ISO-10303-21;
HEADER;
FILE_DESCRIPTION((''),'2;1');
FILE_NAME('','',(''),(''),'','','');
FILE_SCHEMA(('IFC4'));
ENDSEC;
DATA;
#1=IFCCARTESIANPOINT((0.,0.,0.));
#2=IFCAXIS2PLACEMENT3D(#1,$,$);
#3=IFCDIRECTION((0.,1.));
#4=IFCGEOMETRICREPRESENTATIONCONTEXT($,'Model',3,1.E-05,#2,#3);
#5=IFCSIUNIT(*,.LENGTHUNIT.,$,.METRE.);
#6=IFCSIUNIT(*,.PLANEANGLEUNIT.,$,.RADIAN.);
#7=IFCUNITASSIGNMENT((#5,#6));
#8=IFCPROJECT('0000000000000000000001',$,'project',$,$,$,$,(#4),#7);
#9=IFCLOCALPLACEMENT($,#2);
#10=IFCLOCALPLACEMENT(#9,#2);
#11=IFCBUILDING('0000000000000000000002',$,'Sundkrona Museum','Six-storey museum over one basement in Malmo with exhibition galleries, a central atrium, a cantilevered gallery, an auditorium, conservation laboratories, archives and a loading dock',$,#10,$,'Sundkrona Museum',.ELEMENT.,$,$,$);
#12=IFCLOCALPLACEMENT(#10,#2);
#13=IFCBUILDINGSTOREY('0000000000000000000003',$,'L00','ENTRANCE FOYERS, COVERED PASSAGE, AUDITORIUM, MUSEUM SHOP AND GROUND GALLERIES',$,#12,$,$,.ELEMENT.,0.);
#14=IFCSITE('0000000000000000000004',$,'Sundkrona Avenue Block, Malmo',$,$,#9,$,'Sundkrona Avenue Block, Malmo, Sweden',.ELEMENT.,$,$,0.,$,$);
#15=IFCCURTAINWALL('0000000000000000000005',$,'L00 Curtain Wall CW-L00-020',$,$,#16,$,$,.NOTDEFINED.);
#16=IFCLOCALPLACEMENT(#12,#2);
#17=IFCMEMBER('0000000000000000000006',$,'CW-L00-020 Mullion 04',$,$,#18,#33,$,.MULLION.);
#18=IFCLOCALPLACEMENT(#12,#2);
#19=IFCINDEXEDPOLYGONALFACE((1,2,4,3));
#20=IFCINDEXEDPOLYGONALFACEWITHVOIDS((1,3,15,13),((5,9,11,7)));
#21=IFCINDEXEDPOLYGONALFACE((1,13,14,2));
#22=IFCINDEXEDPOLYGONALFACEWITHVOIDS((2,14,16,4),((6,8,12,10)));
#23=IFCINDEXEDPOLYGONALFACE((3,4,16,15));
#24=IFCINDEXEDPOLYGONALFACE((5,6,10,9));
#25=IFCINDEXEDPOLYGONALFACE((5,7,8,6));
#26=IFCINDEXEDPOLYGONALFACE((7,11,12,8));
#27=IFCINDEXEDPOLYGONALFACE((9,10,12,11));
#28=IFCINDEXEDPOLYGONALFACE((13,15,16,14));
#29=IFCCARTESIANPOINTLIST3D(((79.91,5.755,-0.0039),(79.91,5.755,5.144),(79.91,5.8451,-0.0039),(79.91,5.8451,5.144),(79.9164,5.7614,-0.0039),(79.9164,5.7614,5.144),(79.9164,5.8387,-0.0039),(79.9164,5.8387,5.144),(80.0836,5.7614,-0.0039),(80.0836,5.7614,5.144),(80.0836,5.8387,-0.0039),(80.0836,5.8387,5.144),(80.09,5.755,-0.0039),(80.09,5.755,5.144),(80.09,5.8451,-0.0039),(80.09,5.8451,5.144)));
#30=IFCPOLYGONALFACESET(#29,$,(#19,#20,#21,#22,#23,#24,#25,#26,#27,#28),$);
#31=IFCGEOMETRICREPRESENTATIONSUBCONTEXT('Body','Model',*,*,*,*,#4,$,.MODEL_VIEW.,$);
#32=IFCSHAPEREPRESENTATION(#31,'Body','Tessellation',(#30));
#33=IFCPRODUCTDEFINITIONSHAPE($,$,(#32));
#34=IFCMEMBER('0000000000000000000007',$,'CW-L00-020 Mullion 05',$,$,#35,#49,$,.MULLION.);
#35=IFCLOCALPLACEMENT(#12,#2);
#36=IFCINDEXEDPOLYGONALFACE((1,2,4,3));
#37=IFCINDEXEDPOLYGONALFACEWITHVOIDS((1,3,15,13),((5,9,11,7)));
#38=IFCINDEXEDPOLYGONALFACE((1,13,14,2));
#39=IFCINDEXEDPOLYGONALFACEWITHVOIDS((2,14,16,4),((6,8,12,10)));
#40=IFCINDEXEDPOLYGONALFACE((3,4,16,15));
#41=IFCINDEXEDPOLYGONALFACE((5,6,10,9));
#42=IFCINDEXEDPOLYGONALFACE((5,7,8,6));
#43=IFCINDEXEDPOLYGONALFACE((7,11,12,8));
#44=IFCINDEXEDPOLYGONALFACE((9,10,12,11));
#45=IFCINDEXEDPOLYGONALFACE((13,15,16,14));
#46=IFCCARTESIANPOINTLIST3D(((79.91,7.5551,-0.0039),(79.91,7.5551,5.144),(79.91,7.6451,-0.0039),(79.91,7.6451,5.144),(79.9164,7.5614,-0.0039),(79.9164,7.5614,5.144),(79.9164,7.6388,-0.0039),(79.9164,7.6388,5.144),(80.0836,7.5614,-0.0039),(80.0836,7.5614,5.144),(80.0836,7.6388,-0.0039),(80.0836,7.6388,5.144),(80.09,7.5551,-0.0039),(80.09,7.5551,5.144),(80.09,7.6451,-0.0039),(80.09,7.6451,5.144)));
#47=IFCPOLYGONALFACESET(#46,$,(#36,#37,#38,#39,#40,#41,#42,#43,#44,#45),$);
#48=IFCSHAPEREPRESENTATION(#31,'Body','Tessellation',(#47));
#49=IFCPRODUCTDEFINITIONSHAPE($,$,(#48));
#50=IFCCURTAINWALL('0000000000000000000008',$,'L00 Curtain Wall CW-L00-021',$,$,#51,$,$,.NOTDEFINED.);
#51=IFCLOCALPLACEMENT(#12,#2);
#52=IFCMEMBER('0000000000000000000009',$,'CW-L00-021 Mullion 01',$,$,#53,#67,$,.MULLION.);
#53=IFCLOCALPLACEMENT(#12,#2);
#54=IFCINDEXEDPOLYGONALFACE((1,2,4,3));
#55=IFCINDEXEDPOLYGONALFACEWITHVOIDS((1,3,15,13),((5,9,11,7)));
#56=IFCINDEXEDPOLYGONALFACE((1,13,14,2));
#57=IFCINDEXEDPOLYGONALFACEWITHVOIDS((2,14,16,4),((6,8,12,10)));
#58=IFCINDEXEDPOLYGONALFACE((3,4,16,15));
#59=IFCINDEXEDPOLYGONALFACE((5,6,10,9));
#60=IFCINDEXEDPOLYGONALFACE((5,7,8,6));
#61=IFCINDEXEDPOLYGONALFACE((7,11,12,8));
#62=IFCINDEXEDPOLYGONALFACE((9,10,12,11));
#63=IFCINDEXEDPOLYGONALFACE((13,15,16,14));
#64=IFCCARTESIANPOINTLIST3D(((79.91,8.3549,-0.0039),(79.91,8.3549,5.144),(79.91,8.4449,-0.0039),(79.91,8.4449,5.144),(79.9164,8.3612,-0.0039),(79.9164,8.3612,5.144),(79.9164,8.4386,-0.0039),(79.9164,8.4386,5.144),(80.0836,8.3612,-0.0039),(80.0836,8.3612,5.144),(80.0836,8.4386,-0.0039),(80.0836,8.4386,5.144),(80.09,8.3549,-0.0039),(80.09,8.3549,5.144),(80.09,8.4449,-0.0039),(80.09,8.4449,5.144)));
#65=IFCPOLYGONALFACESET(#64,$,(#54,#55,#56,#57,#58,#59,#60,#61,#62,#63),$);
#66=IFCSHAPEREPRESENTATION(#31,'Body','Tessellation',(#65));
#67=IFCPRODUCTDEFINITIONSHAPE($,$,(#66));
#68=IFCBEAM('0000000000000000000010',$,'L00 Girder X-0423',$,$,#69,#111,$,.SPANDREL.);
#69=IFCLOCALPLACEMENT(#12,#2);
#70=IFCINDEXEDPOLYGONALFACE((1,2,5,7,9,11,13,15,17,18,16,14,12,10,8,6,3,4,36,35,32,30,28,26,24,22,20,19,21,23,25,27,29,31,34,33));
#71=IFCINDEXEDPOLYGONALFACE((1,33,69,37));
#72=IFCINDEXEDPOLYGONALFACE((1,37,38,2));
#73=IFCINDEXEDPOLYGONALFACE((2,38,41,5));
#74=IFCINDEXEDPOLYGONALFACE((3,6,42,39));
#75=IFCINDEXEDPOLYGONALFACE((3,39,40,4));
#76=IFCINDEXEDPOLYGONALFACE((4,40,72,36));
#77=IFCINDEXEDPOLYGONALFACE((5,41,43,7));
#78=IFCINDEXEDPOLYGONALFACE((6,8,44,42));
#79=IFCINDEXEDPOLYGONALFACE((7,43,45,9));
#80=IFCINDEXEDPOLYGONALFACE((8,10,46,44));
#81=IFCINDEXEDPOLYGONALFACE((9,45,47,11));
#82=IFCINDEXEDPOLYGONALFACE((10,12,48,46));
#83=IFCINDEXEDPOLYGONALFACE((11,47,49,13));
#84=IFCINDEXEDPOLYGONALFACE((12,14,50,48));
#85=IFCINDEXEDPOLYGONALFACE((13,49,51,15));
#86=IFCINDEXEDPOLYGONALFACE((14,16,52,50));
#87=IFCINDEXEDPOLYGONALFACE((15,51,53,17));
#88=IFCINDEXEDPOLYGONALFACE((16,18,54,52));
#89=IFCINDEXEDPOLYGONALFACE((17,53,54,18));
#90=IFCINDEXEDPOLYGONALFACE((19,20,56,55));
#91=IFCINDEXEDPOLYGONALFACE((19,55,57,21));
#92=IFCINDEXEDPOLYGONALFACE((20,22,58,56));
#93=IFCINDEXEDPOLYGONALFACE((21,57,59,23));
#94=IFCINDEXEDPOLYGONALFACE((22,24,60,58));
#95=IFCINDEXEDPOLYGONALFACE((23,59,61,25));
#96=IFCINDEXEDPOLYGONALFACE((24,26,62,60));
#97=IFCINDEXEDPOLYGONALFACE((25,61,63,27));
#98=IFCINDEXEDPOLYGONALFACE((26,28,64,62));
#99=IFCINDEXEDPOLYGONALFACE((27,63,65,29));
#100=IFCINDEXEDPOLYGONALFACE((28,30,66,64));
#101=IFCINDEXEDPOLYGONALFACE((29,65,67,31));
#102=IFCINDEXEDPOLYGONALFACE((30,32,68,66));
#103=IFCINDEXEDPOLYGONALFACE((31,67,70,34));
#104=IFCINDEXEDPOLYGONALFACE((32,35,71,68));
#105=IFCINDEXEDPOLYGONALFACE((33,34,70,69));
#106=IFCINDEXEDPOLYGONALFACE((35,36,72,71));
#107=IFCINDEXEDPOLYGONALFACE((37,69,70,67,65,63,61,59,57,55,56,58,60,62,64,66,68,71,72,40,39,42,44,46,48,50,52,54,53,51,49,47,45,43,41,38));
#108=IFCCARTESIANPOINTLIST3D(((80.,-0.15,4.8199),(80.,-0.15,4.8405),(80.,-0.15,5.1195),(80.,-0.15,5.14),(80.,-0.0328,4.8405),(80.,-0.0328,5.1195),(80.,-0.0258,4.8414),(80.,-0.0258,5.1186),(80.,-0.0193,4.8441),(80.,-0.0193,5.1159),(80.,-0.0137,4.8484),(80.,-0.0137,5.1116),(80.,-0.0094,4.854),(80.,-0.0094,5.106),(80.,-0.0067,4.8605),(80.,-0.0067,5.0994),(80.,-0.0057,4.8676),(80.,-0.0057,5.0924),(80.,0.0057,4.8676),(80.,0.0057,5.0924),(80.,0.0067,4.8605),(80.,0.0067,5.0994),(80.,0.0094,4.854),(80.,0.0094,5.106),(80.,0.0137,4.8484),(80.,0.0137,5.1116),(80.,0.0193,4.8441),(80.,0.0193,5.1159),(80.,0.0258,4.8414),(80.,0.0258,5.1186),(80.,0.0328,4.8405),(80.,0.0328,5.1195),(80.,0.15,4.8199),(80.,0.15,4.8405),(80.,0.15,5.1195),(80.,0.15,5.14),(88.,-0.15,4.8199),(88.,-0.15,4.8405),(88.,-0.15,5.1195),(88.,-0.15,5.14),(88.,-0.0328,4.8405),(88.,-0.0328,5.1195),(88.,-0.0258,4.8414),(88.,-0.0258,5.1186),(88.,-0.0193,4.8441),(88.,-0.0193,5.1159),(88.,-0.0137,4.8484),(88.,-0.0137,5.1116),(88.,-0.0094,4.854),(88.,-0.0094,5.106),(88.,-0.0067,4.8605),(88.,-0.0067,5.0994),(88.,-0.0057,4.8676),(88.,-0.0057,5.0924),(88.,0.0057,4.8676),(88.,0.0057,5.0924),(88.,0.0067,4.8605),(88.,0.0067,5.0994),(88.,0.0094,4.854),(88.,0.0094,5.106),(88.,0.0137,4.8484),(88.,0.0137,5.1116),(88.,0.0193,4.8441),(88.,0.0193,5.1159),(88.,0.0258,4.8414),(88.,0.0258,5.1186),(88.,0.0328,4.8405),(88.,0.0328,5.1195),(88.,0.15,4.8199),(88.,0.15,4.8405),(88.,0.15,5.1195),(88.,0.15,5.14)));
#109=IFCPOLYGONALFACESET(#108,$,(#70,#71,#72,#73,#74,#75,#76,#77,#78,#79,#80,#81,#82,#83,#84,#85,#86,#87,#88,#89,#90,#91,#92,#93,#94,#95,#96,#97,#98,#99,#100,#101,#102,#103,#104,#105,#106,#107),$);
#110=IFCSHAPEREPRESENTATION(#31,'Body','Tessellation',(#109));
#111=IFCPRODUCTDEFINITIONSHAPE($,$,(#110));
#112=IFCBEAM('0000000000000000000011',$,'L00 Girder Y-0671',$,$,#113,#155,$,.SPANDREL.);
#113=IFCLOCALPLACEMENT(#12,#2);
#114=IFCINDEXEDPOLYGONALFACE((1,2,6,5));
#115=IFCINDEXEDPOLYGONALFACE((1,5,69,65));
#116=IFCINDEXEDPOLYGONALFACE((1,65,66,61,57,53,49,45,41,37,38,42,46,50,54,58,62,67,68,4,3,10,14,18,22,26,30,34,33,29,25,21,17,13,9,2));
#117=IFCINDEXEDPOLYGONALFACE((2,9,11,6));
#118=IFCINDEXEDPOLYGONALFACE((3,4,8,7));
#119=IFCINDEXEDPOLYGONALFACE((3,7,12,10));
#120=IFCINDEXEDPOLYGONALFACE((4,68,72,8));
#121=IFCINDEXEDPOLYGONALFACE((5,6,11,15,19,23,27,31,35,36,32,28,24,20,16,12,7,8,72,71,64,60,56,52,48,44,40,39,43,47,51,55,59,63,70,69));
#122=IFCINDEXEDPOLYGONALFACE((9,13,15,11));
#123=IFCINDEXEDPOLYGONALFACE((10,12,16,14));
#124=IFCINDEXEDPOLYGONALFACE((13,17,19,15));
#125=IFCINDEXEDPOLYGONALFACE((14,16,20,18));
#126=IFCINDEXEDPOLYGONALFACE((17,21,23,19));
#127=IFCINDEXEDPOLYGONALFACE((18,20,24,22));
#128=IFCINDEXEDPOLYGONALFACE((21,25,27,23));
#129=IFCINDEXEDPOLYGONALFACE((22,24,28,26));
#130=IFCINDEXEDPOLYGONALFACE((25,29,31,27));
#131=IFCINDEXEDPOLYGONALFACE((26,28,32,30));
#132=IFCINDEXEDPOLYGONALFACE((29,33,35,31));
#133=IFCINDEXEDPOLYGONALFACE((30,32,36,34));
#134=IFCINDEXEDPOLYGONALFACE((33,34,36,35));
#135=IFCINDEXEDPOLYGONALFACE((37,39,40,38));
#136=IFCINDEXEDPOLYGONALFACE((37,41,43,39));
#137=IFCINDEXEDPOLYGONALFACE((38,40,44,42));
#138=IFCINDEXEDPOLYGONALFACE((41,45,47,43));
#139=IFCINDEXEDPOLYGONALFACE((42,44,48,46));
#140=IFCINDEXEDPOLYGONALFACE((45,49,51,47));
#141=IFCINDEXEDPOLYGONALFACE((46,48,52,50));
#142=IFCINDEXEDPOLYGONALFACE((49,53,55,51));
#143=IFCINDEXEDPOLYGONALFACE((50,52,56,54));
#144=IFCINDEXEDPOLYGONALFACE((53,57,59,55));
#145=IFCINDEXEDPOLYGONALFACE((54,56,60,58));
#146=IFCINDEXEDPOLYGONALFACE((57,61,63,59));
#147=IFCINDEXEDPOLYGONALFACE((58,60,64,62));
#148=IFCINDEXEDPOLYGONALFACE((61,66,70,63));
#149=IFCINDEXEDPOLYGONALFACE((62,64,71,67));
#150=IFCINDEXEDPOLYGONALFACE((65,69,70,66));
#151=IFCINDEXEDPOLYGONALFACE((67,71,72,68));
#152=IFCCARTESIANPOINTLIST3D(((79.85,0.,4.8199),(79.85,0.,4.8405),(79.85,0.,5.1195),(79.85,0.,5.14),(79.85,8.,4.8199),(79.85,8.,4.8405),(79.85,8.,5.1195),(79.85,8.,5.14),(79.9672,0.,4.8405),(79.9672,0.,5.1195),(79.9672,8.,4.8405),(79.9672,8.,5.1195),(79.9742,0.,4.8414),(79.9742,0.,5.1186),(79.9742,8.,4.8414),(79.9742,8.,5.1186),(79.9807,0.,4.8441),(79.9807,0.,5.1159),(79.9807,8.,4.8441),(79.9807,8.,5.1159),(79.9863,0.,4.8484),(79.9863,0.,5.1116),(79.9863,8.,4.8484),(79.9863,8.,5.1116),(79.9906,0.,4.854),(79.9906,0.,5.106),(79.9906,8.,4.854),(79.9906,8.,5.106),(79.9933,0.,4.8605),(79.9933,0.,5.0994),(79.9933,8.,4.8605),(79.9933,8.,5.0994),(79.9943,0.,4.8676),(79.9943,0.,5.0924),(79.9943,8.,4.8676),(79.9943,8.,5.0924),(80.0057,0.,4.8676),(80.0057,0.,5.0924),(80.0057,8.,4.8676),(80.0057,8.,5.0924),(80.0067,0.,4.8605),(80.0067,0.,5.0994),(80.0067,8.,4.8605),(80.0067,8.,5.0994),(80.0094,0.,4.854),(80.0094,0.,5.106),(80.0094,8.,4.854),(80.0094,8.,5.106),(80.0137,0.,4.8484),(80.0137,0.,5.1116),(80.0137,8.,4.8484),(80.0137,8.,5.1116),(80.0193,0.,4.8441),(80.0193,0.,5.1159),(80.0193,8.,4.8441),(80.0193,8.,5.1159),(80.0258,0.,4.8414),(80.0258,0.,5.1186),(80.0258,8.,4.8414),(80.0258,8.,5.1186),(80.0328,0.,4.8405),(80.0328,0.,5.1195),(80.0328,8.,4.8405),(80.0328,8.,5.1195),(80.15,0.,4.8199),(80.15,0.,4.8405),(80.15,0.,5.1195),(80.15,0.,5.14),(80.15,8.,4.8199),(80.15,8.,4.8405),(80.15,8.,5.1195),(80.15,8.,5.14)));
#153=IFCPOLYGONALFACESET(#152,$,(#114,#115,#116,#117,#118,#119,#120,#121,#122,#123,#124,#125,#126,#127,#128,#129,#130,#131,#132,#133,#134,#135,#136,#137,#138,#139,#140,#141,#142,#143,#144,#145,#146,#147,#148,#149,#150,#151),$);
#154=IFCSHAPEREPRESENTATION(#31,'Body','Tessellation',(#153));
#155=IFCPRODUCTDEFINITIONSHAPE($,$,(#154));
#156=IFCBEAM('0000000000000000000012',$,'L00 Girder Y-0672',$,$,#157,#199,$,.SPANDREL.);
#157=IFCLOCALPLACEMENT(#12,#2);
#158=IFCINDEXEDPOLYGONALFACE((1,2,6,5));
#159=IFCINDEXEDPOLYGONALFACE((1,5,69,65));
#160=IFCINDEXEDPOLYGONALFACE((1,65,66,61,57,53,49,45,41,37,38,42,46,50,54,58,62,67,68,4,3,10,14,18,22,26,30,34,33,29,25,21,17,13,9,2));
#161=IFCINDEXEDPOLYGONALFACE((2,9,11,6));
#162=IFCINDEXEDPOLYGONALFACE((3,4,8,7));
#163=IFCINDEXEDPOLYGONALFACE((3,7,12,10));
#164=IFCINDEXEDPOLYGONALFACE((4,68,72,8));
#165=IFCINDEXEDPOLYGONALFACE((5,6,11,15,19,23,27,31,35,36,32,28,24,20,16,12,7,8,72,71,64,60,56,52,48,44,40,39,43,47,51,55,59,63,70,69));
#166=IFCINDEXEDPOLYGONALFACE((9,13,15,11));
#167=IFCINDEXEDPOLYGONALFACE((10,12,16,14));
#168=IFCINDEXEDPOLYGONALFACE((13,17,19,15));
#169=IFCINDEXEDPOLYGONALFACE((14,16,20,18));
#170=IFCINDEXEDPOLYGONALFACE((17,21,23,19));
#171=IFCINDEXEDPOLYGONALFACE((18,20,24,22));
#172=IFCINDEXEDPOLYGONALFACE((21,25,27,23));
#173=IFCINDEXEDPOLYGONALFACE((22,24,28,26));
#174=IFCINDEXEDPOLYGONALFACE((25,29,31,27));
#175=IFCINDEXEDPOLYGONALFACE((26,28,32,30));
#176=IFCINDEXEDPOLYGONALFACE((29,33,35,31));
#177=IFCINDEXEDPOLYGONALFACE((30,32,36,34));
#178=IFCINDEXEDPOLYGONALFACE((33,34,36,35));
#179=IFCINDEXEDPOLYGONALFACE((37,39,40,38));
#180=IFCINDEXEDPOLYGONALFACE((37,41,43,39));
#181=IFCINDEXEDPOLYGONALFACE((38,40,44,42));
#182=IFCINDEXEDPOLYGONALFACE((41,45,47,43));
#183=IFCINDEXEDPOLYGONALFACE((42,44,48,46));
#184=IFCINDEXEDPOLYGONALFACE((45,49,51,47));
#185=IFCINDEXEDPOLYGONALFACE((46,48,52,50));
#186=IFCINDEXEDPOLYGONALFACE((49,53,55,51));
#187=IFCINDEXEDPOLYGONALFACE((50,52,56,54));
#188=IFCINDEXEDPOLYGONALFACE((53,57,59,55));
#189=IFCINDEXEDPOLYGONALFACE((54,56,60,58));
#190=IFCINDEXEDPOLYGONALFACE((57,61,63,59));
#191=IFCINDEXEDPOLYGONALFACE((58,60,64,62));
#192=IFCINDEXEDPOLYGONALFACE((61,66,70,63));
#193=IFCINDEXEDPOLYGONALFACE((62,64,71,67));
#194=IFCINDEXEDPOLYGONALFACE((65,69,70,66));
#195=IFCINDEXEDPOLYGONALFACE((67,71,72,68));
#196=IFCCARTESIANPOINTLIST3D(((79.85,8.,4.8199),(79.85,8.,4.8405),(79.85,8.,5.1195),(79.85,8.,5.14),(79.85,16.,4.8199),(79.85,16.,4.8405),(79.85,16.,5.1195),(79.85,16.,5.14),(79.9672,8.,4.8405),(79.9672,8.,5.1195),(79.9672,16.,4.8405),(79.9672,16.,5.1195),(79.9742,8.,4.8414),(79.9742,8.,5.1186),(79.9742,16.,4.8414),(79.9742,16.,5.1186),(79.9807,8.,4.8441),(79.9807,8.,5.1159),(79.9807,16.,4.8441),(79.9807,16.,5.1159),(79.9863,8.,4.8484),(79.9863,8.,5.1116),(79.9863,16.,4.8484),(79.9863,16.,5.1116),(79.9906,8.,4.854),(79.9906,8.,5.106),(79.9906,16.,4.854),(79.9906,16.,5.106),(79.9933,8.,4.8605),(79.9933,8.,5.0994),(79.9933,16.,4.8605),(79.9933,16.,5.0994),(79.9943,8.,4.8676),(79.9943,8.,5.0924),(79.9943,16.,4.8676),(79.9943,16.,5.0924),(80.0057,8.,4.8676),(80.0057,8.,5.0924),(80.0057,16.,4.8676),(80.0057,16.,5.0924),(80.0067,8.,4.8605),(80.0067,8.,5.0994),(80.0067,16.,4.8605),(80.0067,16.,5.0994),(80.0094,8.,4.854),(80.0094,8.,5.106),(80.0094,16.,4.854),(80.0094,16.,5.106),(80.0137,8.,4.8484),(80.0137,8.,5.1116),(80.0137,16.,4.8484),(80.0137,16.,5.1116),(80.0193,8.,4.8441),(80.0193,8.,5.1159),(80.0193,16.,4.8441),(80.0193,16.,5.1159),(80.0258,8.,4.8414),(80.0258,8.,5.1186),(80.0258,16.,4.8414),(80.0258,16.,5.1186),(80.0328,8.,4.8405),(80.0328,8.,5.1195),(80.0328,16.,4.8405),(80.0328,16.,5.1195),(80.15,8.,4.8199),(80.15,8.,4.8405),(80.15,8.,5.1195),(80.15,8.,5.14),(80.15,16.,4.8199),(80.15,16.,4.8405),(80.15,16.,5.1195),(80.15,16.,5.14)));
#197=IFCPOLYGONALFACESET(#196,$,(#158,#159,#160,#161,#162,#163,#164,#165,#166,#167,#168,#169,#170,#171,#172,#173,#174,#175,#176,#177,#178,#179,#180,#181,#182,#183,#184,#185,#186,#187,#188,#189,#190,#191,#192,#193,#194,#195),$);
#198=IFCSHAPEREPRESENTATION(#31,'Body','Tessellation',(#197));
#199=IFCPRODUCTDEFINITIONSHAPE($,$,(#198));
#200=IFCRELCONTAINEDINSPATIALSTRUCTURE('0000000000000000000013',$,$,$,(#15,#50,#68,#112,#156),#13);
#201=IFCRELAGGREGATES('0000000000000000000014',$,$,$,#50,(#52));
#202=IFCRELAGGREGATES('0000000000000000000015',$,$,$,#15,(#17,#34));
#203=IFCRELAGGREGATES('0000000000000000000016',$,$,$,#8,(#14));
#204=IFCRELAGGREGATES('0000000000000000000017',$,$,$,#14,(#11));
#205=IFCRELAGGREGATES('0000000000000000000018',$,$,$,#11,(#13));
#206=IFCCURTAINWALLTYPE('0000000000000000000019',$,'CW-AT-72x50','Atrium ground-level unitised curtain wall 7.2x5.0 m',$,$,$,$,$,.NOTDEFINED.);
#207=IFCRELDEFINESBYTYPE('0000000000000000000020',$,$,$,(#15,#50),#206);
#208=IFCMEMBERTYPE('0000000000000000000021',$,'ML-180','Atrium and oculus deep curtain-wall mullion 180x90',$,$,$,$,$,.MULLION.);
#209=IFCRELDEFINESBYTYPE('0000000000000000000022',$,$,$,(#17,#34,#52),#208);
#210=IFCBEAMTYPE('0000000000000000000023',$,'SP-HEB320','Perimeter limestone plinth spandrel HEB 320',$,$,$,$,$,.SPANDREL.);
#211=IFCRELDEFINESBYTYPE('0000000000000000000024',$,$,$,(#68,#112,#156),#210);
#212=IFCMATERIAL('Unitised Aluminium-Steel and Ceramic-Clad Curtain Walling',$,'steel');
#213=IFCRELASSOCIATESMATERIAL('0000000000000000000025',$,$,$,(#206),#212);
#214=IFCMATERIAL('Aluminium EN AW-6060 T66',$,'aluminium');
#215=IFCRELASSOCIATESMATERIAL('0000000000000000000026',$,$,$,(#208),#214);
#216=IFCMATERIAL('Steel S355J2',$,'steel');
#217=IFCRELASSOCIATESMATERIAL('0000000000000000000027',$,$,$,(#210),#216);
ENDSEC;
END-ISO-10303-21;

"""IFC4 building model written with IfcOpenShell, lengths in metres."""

from ifc_helpers import new_model, si_unit, direction, frame, origin, origin_2d, place, context, subcontext, project, spatial, hollow_rectangle, i_section, extrude, material, material_profile, profile_set, type_object, element, aggregate, save


model = new_model("IFC4")

# Units and contexts
model_context = context("Model", 3, precision=1e-05, world=origin(), true_north=direction((0.0, 1.0)))
body_context = subcontext(model_context, "Body", "Model", "MODEL_VIEW")
ifc_project = project(units=[si_unit("LENGTHUNIT", "METRE"), si_unit("PLANEANGLEUNIT", "RADIAN")], contexts=[model_context])

# Site, building, storey
site_placement = place(None, origin())
site = spatial("IfcSite", under=ifc_project, at=site_placement, Name="Sundkrona Avenue Block, Malmo", LongName="Sundkrona Avenue Block, Malmo, Sweden", CompositionType="ELEMENT", RefElevation=0.0)
building_placement = place(site_placement, origin())
building = spatial("IfcBuilding", under=site, at=building_placement, Name="Sundkrona Museum", Description="Six-storey museum over one basement in Malmo with exhibition galleries, a central atrium, a cantilevered gallery, an auditorium, conservation laboratories, archives and a loading dock", LongName="Sundkrona Museum", CompositionType="ELEMENT")
storey_placement = place(building_placement, origin())
storey = spatial("IfcBuildingStorey", under=building, at=storey_placement, Name="L00", Description="ENTRANCE FOYERS, COVERED PASSAGE, AUDITORIUM, MUSEUM SHOP AND GROUND GALLERIES", CompositionType="ELEMENT", Elevation=0.0)

# Shared definitions
ifc_material_1 = material(Name="Steel S355J2", Category="steel")

# Curtain wall, members
ifc_material_2 = material(Name="Unitised Aluminium-Steel and Ceramic-Clad Curtain Walling", Category="steel")
curtain_wall_type = type_object("IfcCurtainWallType", Name="CW-AT-72x50", Description="Atrium ground-level unitised curtain wall 7.2x5.0 m", PredefinedType="NOTDEFINED", material=ifc_material_2)
curtain_wall_1_placement = place(storey_placement, origin())
curtain_wall_1 = element("IfcCurtainWall", 1, at=curtain_wall_1_placement, inside=storey, type_object=curtain_wall_type, Name="L00 Curtain Wall CW-L00-020", PredefinedType="NOTDEFINED")
ifc_material_3 = material(Name="Aluminium EN AW-6060 T66", Category="aluminium")
ifc_material_profile_1 = material_profile(ifc_material_3, hollow_rectangle(XDim=0.0901, YDim=0.1799, WallThickness=0.0063, at=origin_2d()), Name="RHS 180x90x6.3")
ifc_profile_set_1 = profile_set([ifc_material_profile_1], Name="Aluminium EN AW-6060 T66")
member_type_1 = type_object("IfcMemberType", Name="ML-180", Description="Atrium and oculus deep curtain-wall mullion 180x90", PredefinedType="MULLION", material=ifc_profile_set_1)
member_1_placement = place(storey_placement, frame((80.0, 5.8, -0.0039), z_axis=(0.0, 0.0, 1.0), x_axis=(0.0, 1.0, 0.0)))
member_1 = element("IfcMember", 2, at=member_1_placement, type_object=member_type_1, Name="CW-L00-020 Mullion 04", PredefinedType="MULLION", context=body_context, shape_type="SweptSolid", body=[
    extrude(hollow_rectangle(XDim=0.0901, YDim=0.1799, WallThickness=0.0063, at=origin_2d()), origin(), (0.0, 0.0, 1.0), 5.1479),
])
member_2_placement = place(storey_placement, frame((80.0, 7.6001, -0.0039), z_axis=(0.0, 0.0, 1.0), x_axis=(0.0, 1.0, 0.0)))
member_2 = element("IfcMember", 3, at=member_2_placement, type_object=member_type_1, Name="CW-L00-020 Mullion 05", PredefinedType="MULLION", context=body_context, shape_type="SweptSolid", body=[
    extrude(hollow_rectangle(XDim=0.0901, YDim=0.1799, WallThickness=0.0063, at=origin_2d()), origin(), (0.0, 0.0, 1.0), 5.1479),
])

# Curtain wall, member
curtain_wall_2_placement = place(storey_placement, origin())
curtain_wall_2 = element("IfcCurtainWall", 4, at=curtain_wall_2_placement, inside=storey, type_object=curtain_wall_type, Name="L00 Curtain Wall CW-L00-021", PredefinedType="NOTDEFINED")
member_3_placement = place(storey_placement, frame((80.0, 8.3999, -0.0039), z_axis=(0.0, 0.0, 1.0), x_axis=(0.0, 1.0, 0.0)))
member_3 = element("IfcMember", 5, at=member_3_placement, type_object=member_type_1, Name="CW-L00-021 Mullion 01", PredefinedType="MULLION", context=body_context, shape_type="SweptSolid", body=[
    extrude(hollow_rectangle(XDim=0.0901, YDim=0.1799, WallThickness=0.0063, at=origin_2d()), origin(), (0.0, 0.0, 1.0), 5.1479),
])

# Beams
ifc_material_profile_2 = material_profile(ifc_material_1, i_section(OverallWidth=0.3, OverallDepth=0.3201, WebThickness=0.0115, FlangeThickness=0.0205, FilletRadius=0.0271, at=origin_2d()), Name="HEB 320")
ifc_profile_set_2 = profile_set([ifc_material_profile_2], Name="Steel S355J2")
beam_type_1 = type_object("IfcBeamType", Name="SP-HEB320", Description="Perimeter limestone plinth spandrel HEB 320", PredefinedType="SPANDREL", material=ifc_profile_set_2)
for number, where, z_axis, x_axis, name in (
    (6, (80.0, 0.0, 4.98), (1.0, 0.0, 0.0), (0.0, 1.0, 0.0), "L00 Girder X-0423"),
    (7, (80.0, 0.0, 4.98), (0.0, 1.0, 0.0), (-1.0, 0.0, 0.0), "L00 Girder Y-0671"),
    (8, (80.0, 8.0, 4.98), (0.0, 1.0, 0.0), (-1.0, 0.0, 0.0), "L00 Girder Y-0672"),
):
    element("IfcBeam", number, at=place(storey_placement, frame(where, z_axis=z_axis, x_axis=x_axis)), inside=storey, type_object=beam_type_1, Name=name, PredefinedType="SPANDREL", context=body_context, shape_type="SweptSolid", body=[
        extrude(i_section(OverallWidth=0.3, OverallDepth=0.3201, WebThickness=0.0115, FlangeThickness=0.0205, FilletRadius=0.0271, at=origin_2d()), origin(), (0.0, 0.0, 1.0), 8.0),
    ])

aggregate(curtain_wall_2, [member_3])

aggregate(curtain_wall_1, [member_1, member_2])

save(model, "model.ifc")
